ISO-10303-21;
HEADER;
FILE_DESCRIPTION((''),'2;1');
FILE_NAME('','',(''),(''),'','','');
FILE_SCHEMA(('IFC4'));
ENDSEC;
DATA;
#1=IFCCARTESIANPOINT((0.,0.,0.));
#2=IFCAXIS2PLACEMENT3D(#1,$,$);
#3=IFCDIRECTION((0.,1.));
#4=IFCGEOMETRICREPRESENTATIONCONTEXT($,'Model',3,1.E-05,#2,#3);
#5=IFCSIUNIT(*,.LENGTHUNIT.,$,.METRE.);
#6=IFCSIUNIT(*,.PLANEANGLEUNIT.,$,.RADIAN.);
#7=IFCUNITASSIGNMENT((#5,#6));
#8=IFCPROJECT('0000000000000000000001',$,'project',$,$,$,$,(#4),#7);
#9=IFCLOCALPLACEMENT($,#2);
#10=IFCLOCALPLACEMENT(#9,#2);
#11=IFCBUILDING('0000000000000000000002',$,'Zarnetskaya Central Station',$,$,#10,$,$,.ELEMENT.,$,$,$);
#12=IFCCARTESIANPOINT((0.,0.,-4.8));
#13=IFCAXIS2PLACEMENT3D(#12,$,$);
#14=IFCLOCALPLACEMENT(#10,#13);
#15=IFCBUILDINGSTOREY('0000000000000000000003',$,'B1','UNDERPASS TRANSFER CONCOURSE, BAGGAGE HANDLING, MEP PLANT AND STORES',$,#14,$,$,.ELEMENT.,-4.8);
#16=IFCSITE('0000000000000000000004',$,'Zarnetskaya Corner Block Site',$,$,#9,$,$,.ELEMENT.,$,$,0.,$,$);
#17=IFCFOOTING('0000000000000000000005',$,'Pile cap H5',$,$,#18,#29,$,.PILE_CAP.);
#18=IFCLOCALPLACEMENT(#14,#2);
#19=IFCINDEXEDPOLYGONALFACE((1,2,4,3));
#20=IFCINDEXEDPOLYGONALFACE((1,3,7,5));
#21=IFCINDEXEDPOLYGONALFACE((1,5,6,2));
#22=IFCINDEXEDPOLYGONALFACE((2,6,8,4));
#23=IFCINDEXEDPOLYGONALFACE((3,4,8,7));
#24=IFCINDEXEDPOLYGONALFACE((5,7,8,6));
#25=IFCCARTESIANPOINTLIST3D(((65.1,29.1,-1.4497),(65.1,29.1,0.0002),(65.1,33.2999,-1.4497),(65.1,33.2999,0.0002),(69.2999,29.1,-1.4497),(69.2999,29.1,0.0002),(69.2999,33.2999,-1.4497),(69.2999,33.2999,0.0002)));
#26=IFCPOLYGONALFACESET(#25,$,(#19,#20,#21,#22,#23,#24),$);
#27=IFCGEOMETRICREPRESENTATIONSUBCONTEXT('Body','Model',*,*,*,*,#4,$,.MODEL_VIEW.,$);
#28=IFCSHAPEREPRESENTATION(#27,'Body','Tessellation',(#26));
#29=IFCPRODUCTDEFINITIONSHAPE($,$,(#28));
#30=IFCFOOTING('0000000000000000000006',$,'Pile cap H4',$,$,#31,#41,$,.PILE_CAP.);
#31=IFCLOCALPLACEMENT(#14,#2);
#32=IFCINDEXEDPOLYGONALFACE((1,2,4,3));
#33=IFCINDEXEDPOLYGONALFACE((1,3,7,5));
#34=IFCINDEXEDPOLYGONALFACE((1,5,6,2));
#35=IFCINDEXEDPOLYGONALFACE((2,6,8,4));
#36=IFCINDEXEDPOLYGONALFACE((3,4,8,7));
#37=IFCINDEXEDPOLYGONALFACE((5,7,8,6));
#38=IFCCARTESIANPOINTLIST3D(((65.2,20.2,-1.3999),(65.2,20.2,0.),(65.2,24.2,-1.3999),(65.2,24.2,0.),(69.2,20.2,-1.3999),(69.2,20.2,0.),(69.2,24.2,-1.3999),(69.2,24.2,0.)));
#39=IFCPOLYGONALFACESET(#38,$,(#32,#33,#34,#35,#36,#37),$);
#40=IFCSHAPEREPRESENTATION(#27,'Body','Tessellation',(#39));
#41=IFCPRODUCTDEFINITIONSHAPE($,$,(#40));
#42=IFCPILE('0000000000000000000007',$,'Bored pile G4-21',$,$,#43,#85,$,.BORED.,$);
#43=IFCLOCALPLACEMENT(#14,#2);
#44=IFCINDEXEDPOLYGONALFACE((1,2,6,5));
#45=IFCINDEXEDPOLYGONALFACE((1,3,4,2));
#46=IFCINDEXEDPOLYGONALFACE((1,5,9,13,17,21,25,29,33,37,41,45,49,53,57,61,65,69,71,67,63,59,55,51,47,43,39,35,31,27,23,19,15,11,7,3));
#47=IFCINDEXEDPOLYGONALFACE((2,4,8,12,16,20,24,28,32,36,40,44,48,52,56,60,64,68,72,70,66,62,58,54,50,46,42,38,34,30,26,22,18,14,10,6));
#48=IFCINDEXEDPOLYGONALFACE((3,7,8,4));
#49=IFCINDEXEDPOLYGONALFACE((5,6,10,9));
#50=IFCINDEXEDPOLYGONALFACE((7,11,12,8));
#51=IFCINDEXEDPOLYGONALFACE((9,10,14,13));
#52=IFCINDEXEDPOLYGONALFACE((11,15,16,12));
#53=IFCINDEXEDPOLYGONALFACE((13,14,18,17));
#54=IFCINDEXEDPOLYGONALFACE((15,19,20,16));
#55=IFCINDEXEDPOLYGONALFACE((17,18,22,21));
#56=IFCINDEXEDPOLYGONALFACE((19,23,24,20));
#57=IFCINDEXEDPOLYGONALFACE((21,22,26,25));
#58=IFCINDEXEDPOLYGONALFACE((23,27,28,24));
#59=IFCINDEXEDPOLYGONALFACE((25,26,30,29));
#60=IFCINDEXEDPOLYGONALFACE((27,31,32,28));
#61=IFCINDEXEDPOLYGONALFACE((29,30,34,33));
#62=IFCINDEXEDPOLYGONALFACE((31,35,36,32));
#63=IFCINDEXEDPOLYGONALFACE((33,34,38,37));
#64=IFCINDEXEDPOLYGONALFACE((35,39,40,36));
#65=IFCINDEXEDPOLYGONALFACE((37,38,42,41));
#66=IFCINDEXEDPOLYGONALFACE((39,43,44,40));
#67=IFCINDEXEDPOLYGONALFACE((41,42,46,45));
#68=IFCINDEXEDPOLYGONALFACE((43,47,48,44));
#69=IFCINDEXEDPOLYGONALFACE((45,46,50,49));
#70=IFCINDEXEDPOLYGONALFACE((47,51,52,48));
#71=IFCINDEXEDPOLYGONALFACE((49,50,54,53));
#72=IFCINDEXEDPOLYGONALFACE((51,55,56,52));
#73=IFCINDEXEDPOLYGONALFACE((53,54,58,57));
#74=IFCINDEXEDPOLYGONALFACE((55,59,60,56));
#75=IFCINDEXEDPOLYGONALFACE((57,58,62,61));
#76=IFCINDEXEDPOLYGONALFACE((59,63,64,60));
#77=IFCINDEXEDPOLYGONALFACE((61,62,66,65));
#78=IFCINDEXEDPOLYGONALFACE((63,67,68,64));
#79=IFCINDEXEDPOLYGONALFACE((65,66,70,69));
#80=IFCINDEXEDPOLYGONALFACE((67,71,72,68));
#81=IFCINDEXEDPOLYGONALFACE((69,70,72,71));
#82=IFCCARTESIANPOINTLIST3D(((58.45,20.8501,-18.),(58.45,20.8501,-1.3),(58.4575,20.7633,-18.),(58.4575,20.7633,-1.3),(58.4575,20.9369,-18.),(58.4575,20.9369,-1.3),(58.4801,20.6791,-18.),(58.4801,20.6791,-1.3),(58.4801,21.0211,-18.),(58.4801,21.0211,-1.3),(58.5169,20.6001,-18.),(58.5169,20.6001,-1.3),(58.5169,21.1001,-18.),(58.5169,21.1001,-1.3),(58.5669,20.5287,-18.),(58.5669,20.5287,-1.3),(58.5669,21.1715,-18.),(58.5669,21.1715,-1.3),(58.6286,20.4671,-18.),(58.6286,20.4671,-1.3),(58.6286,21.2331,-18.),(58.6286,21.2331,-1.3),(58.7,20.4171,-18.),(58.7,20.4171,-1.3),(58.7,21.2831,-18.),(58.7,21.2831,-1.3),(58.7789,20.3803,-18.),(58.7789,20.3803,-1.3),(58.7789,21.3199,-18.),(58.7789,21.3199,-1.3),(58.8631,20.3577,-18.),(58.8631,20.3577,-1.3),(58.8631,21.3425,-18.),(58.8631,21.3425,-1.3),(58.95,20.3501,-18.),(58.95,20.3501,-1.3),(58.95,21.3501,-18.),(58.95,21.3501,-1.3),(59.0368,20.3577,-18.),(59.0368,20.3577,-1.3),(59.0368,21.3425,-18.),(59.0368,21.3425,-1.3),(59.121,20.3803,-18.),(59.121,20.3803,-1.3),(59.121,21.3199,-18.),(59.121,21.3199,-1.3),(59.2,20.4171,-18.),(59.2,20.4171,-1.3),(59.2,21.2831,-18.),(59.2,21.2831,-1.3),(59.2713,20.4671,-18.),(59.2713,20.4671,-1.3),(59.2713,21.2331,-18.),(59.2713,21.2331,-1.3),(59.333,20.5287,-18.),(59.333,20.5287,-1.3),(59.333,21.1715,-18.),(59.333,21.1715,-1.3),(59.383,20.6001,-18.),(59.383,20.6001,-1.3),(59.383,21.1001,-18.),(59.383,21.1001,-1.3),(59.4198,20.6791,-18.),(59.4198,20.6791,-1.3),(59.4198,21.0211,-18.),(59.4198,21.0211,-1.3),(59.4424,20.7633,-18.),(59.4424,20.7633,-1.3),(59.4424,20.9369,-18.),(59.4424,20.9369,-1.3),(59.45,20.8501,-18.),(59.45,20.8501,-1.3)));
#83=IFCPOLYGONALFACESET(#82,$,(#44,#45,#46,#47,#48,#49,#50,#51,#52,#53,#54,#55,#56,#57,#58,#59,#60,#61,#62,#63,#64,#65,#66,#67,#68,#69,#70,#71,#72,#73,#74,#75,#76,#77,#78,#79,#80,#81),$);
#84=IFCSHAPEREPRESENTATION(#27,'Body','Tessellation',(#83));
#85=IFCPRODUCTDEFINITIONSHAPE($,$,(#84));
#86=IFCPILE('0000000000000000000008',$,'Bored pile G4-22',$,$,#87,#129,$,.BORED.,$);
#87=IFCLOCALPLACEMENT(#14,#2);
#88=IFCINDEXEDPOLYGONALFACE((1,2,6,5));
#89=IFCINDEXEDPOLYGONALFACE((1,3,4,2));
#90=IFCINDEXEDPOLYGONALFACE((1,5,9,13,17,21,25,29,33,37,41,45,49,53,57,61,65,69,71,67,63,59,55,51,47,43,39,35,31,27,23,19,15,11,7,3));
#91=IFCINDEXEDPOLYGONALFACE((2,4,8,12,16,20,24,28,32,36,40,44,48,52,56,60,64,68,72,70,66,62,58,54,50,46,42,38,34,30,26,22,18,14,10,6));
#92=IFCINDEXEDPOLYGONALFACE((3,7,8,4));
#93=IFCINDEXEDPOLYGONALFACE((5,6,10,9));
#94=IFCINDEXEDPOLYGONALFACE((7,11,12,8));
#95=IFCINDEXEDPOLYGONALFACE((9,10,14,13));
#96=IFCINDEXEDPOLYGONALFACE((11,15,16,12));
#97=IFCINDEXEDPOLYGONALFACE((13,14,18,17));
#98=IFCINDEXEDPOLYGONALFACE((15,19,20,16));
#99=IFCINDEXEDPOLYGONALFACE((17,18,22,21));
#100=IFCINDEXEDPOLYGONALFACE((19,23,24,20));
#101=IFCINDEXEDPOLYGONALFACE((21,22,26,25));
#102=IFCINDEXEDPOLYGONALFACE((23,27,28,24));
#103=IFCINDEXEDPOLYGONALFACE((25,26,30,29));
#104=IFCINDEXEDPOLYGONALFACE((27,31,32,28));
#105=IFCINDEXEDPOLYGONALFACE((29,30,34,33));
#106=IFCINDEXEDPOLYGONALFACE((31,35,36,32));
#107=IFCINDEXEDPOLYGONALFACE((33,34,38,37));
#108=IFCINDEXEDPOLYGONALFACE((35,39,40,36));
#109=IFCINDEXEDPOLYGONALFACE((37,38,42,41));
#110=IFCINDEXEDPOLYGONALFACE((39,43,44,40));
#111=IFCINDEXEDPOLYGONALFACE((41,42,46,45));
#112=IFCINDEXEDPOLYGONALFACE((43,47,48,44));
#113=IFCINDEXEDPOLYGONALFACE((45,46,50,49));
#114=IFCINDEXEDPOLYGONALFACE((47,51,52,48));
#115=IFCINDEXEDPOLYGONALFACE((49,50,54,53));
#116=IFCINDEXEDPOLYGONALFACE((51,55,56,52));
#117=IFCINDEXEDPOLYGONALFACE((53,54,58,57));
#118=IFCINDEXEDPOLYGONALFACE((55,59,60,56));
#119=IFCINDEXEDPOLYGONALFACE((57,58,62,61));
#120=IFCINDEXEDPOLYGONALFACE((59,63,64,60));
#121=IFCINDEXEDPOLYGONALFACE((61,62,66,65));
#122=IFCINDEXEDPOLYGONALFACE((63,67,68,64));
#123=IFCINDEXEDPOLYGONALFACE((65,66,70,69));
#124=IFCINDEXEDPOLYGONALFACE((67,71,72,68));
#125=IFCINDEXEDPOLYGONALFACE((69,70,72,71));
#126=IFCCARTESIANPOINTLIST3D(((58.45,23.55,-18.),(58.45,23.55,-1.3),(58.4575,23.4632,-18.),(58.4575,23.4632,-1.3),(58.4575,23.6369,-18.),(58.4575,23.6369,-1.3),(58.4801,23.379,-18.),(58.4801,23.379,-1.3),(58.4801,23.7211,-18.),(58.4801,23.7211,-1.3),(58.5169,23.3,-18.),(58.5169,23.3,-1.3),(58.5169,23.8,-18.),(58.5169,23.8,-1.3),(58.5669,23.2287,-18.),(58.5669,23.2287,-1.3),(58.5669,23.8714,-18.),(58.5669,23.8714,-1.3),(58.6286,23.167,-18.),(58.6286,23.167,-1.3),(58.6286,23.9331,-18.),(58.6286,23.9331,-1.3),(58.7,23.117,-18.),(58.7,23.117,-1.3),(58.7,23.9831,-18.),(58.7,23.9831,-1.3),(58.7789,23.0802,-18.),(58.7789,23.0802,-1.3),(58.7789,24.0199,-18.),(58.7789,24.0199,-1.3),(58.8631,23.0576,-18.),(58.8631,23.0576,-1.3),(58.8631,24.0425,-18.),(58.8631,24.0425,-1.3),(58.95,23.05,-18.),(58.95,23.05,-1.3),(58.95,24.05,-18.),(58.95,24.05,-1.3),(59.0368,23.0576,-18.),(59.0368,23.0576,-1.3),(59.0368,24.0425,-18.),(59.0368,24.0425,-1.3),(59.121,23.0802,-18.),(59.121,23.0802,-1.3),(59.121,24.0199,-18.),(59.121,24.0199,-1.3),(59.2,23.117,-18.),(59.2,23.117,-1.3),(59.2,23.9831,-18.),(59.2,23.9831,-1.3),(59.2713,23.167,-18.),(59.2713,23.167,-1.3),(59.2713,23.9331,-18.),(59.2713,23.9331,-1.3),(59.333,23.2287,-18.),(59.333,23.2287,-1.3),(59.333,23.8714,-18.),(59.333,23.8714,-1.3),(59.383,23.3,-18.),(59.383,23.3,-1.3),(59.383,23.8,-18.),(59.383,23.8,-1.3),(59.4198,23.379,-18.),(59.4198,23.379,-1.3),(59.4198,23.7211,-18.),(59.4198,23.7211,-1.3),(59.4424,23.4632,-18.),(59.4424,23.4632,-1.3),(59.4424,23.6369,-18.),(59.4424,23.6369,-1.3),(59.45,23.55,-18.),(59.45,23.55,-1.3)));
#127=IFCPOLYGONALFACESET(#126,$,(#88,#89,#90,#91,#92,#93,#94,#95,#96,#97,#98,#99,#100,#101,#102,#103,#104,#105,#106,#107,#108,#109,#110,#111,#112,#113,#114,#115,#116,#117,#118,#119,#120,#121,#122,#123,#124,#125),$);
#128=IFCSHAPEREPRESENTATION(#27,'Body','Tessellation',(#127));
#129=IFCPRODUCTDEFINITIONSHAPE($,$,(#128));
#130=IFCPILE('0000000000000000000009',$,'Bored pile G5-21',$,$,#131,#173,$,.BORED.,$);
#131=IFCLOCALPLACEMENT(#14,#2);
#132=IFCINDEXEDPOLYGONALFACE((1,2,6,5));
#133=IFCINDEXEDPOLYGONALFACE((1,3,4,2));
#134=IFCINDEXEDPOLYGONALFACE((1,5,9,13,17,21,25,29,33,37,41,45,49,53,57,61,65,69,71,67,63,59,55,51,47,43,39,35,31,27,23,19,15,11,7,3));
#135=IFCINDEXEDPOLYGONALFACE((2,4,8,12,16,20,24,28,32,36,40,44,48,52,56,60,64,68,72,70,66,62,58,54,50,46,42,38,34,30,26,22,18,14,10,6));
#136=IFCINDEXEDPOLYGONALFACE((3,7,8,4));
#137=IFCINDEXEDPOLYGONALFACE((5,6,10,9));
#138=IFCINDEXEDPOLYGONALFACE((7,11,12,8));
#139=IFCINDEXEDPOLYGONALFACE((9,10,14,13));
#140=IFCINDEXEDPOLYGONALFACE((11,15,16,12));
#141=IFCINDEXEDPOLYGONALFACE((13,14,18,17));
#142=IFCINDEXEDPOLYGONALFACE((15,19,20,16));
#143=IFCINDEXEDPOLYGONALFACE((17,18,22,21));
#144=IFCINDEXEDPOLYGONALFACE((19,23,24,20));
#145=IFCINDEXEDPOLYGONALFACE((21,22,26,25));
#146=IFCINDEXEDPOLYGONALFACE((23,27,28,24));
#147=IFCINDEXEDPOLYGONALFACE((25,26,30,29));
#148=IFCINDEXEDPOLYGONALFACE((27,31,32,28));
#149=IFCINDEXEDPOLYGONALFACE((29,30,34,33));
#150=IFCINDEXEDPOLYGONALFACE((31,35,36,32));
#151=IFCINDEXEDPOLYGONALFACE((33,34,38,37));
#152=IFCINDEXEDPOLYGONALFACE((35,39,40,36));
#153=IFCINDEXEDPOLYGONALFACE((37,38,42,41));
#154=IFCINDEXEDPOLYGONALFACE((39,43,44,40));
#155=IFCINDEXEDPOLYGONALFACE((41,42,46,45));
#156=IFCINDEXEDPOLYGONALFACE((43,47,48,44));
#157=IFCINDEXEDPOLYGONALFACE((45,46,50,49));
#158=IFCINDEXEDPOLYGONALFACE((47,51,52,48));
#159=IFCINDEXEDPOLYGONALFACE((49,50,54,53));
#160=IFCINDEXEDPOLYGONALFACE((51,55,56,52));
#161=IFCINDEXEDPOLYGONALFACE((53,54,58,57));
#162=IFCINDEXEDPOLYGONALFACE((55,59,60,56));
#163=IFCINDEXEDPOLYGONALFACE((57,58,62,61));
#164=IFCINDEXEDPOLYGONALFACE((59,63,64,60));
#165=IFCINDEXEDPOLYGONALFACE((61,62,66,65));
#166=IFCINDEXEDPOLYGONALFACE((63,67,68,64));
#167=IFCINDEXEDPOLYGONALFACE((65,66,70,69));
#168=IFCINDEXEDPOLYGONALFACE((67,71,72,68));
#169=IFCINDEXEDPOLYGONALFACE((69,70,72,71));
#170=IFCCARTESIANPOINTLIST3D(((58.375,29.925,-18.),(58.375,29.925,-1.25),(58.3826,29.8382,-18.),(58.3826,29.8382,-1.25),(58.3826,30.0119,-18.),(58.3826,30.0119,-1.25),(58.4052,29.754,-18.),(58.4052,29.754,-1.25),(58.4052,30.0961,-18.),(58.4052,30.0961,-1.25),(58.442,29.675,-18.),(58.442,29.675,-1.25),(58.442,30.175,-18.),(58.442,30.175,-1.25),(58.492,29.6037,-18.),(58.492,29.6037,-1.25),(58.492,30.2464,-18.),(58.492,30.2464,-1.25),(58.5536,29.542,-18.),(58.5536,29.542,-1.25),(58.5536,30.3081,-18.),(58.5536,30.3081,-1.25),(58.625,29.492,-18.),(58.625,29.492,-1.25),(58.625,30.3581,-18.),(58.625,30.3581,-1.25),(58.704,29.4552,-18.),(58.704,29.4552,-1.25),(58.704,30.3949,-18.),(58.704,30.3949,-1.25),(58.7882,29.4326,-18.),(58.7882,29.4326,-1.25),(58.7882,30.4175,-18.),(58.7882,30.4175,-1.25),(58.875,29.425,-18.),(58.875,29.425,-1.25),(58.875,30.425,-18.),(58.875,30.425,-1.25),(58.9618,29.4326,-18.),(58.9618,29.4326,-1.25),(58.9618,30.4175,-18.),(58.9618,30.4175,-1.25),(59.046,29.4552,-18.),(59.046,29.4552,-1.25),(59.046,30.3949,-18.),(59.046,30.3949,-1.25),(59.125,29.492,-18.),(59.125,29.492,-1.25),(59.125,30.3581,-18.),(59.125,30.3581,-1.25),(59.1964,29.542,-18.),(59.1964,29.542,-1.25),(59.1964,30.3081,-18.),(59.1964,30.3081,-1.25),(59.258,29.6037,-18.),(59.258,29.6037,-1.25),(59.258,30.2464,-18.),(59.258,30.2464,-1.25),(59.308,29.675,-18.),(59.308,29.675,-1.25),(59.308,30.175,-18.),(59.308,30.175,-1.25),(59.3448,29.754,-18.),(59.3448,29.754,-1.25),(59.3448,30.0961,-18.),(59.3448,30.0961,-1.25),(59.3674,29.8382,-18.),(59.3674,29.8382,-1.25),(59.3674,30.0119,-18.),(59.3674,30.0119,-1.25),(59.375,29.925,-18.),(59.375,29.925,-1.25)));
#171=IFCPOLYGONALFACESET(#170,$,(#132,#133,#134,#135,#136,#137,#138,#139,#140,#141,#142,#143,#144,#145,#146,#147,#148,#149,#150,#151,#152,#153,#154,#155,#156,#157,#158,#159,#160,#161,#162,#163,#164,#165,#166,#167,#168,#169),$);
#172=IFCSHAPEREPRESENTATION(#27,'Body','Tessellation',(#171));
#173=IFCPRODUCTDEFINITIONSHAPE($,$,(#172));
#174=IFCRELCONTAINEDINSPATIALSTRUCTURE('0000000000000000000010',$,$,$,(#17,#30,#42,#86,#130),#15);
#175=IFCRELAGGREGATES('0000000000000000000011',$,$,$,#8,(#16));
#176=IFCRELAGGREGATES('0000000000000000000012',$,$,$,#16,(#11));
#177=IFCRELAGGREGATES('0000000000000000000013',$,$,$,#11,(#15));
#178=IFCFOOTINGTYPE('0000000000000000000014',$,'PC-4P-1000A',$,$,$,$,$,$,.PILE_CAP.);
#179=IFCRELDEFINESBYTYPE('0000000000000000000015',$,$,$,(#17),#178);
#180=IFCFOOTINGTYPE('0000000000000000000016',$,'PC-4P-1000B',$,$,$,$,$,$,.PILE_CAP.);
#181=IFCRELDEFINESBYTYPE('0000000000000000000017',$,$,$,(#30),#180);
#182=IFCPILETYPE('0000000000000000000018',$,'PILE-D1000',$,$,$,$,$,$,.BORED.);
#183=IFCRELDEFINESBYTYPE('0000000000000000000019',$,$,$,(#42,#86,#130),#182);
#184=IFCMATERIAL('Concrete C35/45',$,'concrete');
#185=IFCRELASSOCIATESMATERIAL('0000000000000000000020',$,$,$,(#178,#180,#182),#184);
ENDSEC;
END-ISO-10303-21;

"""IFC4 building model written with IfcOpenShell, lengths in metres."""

from ifc_helpers import new_model, si_unit, direction, frame, origin, origin_2d, place, context, subcontext, project, spatial, rectangle, circle, extrude, material, material_profile, profile_set, type_object, element, save


model = new_model("IFC4")

# Units and contexts
model_context = context("Model", 3, precision=1e-05, world=origin(), true_north=direction((0.0, 1.0)))
body_context = subcontext(model_context, "Body", "Model", "MODEL_VIEW")
ifc_project = project(units=[si_unit("LENGTHUNIT", "METRE"), si_unit("PLANEANGLEUNIT", "RADIAN")], contexts=[model_context])

# Site, building, storey
site_placement = place(None, origin())
site = spatial("IfcSite", under=ifc_project, at=site_placement, Name="Zarnetskaya Corner Block Site", CompositionType="ELEMENT", RefElevation=0.0)
building_placement = place(site_placement, origin())
building = spatial("IfcBuilding", under=site, at=building_placement, Name="Zarnetskaya Central Station", CompositionType="ELEMENT")
storey_placement = place(building_placement, frame((0.0, 0.0, -4.8)))
storey = spatial("IfcBuildingStorey", under=building, at=storey_placement, Name="B1", Description="UNDERPASS TRANSFER CONCOURSE, BAGGAGE HANDLING, MEP PLANT AND STORES", CompositionType="ELEMENT", Elevation=-4.8)

# Footings
ifc_material_1 = material(Name="Concrete C35/45", Category="concrete")
footing_type_1 = type_object("IfcFootingType", Name="PC-4P-1000A", PredefinedType="PILE_CAP", material=ifc_material_1)
footing_1_placement = place(storey_placement, frame((67.2, 31.2, -1.4497), z_axis=(0.0, 0.0, 1.0), x_axis=(1.0, 0.0, 0.0)))
element("IfcFooting", 1, at=footing_1_placement, inside=storey, type_object=footing_type_1, Name="Pile cap H5", PredefinedType="PILE_CAP", context=body_context, shape_type="SweptSolid", body=[
    extrude(rectangle(XDim=4.2, YDim=4.2, at=origin_2d()), origin(), (0.0, 0.0, 1.0), 1.45),
])
footing_type_2 = type_object("IfcFootingType", Name="PC-4P-1000B", PredefinedType="PILE_CAP", material=ifc_material_1)
footing_2_placement = place(storey_placement, frame((67.2, 22.2, -1.3999), z_axis=(0.0, 0.0, 1.0), x_axis=(1.0, 0.0, 0.0)))
element("IfcFooting", 2, at=footing_2_placement, inside=storey, type_object=footing_type_2, Name="Pile cap H4", PredefinedType="PILE_CAP", context=body_context, shape_type="SweptSolid", body=[
    extrude(rectangle(XDim=4.0, YDim=4.0, at=origin_2d()), origin(), (0.0, 0.0, 1.0), 1.3999),
])

# Piles
ifc_material_profile_1 = material_profile(ifc_material_1, circle(Radius=0.5, at=origin_2d()), Name="BORED PILE D1000")
ifc_profile_set_1 = profile_set([ifc_material_profile_1], Name="Concrete C35/45")
pile_type = type_object("IfcPileType", Name="PILE-D1000", PredefinedType="BORED", material=ifc_profile_set_1)
for number, where, z_axis, x_axis, name in (
    (3, (58.95, 20.8501, -1.3), (0.0, 0.0, -1.0), (1.0, 0.0, 0.0), "Bored pile G4-21"),
    (4, (58.95, 23.55, -1.3), (0.0, 0.0, -1.0), (1.0, 0.0, 0.0), "Bored pile G4-22"),
):
    element("IfcPile", number, at=place(storey_placement, frame(where, z_axis=z_axis, x_axis=x_axis)), inside=storey, type_object=pile_type, Name=name, PredefinedType="BORED", context=body_context, shape_type="SweptSolid", body=[
        extrude(circle(Radius=0.5, at=origin_2d()), origin(), (0.0, 0.0, 1.0), 16.7),
    ])
for number, where, z_axis, x_axis, name in (
    (5, (58.875, 29.925, -1.25), (0.0, 0.0, -1.0), (1.0, 0.0, 0.0), "Bored pile G5-21"),
):
    element("IfcPile", number, at=place(storey_placement, frame(where, z_axis=z_axis, x_axis=x_axis)), inside=storey, type_object=pile_type, Name=name, PredefinedType="BORED", context=body_context, shape_type="SweptSolid", body=[
        extrude(circle(Radius=0.5, at=origin_2d()), origin(), (0.0, 0.0, 1.0), 16.75),
    ])

save(model, "model.ifc")
